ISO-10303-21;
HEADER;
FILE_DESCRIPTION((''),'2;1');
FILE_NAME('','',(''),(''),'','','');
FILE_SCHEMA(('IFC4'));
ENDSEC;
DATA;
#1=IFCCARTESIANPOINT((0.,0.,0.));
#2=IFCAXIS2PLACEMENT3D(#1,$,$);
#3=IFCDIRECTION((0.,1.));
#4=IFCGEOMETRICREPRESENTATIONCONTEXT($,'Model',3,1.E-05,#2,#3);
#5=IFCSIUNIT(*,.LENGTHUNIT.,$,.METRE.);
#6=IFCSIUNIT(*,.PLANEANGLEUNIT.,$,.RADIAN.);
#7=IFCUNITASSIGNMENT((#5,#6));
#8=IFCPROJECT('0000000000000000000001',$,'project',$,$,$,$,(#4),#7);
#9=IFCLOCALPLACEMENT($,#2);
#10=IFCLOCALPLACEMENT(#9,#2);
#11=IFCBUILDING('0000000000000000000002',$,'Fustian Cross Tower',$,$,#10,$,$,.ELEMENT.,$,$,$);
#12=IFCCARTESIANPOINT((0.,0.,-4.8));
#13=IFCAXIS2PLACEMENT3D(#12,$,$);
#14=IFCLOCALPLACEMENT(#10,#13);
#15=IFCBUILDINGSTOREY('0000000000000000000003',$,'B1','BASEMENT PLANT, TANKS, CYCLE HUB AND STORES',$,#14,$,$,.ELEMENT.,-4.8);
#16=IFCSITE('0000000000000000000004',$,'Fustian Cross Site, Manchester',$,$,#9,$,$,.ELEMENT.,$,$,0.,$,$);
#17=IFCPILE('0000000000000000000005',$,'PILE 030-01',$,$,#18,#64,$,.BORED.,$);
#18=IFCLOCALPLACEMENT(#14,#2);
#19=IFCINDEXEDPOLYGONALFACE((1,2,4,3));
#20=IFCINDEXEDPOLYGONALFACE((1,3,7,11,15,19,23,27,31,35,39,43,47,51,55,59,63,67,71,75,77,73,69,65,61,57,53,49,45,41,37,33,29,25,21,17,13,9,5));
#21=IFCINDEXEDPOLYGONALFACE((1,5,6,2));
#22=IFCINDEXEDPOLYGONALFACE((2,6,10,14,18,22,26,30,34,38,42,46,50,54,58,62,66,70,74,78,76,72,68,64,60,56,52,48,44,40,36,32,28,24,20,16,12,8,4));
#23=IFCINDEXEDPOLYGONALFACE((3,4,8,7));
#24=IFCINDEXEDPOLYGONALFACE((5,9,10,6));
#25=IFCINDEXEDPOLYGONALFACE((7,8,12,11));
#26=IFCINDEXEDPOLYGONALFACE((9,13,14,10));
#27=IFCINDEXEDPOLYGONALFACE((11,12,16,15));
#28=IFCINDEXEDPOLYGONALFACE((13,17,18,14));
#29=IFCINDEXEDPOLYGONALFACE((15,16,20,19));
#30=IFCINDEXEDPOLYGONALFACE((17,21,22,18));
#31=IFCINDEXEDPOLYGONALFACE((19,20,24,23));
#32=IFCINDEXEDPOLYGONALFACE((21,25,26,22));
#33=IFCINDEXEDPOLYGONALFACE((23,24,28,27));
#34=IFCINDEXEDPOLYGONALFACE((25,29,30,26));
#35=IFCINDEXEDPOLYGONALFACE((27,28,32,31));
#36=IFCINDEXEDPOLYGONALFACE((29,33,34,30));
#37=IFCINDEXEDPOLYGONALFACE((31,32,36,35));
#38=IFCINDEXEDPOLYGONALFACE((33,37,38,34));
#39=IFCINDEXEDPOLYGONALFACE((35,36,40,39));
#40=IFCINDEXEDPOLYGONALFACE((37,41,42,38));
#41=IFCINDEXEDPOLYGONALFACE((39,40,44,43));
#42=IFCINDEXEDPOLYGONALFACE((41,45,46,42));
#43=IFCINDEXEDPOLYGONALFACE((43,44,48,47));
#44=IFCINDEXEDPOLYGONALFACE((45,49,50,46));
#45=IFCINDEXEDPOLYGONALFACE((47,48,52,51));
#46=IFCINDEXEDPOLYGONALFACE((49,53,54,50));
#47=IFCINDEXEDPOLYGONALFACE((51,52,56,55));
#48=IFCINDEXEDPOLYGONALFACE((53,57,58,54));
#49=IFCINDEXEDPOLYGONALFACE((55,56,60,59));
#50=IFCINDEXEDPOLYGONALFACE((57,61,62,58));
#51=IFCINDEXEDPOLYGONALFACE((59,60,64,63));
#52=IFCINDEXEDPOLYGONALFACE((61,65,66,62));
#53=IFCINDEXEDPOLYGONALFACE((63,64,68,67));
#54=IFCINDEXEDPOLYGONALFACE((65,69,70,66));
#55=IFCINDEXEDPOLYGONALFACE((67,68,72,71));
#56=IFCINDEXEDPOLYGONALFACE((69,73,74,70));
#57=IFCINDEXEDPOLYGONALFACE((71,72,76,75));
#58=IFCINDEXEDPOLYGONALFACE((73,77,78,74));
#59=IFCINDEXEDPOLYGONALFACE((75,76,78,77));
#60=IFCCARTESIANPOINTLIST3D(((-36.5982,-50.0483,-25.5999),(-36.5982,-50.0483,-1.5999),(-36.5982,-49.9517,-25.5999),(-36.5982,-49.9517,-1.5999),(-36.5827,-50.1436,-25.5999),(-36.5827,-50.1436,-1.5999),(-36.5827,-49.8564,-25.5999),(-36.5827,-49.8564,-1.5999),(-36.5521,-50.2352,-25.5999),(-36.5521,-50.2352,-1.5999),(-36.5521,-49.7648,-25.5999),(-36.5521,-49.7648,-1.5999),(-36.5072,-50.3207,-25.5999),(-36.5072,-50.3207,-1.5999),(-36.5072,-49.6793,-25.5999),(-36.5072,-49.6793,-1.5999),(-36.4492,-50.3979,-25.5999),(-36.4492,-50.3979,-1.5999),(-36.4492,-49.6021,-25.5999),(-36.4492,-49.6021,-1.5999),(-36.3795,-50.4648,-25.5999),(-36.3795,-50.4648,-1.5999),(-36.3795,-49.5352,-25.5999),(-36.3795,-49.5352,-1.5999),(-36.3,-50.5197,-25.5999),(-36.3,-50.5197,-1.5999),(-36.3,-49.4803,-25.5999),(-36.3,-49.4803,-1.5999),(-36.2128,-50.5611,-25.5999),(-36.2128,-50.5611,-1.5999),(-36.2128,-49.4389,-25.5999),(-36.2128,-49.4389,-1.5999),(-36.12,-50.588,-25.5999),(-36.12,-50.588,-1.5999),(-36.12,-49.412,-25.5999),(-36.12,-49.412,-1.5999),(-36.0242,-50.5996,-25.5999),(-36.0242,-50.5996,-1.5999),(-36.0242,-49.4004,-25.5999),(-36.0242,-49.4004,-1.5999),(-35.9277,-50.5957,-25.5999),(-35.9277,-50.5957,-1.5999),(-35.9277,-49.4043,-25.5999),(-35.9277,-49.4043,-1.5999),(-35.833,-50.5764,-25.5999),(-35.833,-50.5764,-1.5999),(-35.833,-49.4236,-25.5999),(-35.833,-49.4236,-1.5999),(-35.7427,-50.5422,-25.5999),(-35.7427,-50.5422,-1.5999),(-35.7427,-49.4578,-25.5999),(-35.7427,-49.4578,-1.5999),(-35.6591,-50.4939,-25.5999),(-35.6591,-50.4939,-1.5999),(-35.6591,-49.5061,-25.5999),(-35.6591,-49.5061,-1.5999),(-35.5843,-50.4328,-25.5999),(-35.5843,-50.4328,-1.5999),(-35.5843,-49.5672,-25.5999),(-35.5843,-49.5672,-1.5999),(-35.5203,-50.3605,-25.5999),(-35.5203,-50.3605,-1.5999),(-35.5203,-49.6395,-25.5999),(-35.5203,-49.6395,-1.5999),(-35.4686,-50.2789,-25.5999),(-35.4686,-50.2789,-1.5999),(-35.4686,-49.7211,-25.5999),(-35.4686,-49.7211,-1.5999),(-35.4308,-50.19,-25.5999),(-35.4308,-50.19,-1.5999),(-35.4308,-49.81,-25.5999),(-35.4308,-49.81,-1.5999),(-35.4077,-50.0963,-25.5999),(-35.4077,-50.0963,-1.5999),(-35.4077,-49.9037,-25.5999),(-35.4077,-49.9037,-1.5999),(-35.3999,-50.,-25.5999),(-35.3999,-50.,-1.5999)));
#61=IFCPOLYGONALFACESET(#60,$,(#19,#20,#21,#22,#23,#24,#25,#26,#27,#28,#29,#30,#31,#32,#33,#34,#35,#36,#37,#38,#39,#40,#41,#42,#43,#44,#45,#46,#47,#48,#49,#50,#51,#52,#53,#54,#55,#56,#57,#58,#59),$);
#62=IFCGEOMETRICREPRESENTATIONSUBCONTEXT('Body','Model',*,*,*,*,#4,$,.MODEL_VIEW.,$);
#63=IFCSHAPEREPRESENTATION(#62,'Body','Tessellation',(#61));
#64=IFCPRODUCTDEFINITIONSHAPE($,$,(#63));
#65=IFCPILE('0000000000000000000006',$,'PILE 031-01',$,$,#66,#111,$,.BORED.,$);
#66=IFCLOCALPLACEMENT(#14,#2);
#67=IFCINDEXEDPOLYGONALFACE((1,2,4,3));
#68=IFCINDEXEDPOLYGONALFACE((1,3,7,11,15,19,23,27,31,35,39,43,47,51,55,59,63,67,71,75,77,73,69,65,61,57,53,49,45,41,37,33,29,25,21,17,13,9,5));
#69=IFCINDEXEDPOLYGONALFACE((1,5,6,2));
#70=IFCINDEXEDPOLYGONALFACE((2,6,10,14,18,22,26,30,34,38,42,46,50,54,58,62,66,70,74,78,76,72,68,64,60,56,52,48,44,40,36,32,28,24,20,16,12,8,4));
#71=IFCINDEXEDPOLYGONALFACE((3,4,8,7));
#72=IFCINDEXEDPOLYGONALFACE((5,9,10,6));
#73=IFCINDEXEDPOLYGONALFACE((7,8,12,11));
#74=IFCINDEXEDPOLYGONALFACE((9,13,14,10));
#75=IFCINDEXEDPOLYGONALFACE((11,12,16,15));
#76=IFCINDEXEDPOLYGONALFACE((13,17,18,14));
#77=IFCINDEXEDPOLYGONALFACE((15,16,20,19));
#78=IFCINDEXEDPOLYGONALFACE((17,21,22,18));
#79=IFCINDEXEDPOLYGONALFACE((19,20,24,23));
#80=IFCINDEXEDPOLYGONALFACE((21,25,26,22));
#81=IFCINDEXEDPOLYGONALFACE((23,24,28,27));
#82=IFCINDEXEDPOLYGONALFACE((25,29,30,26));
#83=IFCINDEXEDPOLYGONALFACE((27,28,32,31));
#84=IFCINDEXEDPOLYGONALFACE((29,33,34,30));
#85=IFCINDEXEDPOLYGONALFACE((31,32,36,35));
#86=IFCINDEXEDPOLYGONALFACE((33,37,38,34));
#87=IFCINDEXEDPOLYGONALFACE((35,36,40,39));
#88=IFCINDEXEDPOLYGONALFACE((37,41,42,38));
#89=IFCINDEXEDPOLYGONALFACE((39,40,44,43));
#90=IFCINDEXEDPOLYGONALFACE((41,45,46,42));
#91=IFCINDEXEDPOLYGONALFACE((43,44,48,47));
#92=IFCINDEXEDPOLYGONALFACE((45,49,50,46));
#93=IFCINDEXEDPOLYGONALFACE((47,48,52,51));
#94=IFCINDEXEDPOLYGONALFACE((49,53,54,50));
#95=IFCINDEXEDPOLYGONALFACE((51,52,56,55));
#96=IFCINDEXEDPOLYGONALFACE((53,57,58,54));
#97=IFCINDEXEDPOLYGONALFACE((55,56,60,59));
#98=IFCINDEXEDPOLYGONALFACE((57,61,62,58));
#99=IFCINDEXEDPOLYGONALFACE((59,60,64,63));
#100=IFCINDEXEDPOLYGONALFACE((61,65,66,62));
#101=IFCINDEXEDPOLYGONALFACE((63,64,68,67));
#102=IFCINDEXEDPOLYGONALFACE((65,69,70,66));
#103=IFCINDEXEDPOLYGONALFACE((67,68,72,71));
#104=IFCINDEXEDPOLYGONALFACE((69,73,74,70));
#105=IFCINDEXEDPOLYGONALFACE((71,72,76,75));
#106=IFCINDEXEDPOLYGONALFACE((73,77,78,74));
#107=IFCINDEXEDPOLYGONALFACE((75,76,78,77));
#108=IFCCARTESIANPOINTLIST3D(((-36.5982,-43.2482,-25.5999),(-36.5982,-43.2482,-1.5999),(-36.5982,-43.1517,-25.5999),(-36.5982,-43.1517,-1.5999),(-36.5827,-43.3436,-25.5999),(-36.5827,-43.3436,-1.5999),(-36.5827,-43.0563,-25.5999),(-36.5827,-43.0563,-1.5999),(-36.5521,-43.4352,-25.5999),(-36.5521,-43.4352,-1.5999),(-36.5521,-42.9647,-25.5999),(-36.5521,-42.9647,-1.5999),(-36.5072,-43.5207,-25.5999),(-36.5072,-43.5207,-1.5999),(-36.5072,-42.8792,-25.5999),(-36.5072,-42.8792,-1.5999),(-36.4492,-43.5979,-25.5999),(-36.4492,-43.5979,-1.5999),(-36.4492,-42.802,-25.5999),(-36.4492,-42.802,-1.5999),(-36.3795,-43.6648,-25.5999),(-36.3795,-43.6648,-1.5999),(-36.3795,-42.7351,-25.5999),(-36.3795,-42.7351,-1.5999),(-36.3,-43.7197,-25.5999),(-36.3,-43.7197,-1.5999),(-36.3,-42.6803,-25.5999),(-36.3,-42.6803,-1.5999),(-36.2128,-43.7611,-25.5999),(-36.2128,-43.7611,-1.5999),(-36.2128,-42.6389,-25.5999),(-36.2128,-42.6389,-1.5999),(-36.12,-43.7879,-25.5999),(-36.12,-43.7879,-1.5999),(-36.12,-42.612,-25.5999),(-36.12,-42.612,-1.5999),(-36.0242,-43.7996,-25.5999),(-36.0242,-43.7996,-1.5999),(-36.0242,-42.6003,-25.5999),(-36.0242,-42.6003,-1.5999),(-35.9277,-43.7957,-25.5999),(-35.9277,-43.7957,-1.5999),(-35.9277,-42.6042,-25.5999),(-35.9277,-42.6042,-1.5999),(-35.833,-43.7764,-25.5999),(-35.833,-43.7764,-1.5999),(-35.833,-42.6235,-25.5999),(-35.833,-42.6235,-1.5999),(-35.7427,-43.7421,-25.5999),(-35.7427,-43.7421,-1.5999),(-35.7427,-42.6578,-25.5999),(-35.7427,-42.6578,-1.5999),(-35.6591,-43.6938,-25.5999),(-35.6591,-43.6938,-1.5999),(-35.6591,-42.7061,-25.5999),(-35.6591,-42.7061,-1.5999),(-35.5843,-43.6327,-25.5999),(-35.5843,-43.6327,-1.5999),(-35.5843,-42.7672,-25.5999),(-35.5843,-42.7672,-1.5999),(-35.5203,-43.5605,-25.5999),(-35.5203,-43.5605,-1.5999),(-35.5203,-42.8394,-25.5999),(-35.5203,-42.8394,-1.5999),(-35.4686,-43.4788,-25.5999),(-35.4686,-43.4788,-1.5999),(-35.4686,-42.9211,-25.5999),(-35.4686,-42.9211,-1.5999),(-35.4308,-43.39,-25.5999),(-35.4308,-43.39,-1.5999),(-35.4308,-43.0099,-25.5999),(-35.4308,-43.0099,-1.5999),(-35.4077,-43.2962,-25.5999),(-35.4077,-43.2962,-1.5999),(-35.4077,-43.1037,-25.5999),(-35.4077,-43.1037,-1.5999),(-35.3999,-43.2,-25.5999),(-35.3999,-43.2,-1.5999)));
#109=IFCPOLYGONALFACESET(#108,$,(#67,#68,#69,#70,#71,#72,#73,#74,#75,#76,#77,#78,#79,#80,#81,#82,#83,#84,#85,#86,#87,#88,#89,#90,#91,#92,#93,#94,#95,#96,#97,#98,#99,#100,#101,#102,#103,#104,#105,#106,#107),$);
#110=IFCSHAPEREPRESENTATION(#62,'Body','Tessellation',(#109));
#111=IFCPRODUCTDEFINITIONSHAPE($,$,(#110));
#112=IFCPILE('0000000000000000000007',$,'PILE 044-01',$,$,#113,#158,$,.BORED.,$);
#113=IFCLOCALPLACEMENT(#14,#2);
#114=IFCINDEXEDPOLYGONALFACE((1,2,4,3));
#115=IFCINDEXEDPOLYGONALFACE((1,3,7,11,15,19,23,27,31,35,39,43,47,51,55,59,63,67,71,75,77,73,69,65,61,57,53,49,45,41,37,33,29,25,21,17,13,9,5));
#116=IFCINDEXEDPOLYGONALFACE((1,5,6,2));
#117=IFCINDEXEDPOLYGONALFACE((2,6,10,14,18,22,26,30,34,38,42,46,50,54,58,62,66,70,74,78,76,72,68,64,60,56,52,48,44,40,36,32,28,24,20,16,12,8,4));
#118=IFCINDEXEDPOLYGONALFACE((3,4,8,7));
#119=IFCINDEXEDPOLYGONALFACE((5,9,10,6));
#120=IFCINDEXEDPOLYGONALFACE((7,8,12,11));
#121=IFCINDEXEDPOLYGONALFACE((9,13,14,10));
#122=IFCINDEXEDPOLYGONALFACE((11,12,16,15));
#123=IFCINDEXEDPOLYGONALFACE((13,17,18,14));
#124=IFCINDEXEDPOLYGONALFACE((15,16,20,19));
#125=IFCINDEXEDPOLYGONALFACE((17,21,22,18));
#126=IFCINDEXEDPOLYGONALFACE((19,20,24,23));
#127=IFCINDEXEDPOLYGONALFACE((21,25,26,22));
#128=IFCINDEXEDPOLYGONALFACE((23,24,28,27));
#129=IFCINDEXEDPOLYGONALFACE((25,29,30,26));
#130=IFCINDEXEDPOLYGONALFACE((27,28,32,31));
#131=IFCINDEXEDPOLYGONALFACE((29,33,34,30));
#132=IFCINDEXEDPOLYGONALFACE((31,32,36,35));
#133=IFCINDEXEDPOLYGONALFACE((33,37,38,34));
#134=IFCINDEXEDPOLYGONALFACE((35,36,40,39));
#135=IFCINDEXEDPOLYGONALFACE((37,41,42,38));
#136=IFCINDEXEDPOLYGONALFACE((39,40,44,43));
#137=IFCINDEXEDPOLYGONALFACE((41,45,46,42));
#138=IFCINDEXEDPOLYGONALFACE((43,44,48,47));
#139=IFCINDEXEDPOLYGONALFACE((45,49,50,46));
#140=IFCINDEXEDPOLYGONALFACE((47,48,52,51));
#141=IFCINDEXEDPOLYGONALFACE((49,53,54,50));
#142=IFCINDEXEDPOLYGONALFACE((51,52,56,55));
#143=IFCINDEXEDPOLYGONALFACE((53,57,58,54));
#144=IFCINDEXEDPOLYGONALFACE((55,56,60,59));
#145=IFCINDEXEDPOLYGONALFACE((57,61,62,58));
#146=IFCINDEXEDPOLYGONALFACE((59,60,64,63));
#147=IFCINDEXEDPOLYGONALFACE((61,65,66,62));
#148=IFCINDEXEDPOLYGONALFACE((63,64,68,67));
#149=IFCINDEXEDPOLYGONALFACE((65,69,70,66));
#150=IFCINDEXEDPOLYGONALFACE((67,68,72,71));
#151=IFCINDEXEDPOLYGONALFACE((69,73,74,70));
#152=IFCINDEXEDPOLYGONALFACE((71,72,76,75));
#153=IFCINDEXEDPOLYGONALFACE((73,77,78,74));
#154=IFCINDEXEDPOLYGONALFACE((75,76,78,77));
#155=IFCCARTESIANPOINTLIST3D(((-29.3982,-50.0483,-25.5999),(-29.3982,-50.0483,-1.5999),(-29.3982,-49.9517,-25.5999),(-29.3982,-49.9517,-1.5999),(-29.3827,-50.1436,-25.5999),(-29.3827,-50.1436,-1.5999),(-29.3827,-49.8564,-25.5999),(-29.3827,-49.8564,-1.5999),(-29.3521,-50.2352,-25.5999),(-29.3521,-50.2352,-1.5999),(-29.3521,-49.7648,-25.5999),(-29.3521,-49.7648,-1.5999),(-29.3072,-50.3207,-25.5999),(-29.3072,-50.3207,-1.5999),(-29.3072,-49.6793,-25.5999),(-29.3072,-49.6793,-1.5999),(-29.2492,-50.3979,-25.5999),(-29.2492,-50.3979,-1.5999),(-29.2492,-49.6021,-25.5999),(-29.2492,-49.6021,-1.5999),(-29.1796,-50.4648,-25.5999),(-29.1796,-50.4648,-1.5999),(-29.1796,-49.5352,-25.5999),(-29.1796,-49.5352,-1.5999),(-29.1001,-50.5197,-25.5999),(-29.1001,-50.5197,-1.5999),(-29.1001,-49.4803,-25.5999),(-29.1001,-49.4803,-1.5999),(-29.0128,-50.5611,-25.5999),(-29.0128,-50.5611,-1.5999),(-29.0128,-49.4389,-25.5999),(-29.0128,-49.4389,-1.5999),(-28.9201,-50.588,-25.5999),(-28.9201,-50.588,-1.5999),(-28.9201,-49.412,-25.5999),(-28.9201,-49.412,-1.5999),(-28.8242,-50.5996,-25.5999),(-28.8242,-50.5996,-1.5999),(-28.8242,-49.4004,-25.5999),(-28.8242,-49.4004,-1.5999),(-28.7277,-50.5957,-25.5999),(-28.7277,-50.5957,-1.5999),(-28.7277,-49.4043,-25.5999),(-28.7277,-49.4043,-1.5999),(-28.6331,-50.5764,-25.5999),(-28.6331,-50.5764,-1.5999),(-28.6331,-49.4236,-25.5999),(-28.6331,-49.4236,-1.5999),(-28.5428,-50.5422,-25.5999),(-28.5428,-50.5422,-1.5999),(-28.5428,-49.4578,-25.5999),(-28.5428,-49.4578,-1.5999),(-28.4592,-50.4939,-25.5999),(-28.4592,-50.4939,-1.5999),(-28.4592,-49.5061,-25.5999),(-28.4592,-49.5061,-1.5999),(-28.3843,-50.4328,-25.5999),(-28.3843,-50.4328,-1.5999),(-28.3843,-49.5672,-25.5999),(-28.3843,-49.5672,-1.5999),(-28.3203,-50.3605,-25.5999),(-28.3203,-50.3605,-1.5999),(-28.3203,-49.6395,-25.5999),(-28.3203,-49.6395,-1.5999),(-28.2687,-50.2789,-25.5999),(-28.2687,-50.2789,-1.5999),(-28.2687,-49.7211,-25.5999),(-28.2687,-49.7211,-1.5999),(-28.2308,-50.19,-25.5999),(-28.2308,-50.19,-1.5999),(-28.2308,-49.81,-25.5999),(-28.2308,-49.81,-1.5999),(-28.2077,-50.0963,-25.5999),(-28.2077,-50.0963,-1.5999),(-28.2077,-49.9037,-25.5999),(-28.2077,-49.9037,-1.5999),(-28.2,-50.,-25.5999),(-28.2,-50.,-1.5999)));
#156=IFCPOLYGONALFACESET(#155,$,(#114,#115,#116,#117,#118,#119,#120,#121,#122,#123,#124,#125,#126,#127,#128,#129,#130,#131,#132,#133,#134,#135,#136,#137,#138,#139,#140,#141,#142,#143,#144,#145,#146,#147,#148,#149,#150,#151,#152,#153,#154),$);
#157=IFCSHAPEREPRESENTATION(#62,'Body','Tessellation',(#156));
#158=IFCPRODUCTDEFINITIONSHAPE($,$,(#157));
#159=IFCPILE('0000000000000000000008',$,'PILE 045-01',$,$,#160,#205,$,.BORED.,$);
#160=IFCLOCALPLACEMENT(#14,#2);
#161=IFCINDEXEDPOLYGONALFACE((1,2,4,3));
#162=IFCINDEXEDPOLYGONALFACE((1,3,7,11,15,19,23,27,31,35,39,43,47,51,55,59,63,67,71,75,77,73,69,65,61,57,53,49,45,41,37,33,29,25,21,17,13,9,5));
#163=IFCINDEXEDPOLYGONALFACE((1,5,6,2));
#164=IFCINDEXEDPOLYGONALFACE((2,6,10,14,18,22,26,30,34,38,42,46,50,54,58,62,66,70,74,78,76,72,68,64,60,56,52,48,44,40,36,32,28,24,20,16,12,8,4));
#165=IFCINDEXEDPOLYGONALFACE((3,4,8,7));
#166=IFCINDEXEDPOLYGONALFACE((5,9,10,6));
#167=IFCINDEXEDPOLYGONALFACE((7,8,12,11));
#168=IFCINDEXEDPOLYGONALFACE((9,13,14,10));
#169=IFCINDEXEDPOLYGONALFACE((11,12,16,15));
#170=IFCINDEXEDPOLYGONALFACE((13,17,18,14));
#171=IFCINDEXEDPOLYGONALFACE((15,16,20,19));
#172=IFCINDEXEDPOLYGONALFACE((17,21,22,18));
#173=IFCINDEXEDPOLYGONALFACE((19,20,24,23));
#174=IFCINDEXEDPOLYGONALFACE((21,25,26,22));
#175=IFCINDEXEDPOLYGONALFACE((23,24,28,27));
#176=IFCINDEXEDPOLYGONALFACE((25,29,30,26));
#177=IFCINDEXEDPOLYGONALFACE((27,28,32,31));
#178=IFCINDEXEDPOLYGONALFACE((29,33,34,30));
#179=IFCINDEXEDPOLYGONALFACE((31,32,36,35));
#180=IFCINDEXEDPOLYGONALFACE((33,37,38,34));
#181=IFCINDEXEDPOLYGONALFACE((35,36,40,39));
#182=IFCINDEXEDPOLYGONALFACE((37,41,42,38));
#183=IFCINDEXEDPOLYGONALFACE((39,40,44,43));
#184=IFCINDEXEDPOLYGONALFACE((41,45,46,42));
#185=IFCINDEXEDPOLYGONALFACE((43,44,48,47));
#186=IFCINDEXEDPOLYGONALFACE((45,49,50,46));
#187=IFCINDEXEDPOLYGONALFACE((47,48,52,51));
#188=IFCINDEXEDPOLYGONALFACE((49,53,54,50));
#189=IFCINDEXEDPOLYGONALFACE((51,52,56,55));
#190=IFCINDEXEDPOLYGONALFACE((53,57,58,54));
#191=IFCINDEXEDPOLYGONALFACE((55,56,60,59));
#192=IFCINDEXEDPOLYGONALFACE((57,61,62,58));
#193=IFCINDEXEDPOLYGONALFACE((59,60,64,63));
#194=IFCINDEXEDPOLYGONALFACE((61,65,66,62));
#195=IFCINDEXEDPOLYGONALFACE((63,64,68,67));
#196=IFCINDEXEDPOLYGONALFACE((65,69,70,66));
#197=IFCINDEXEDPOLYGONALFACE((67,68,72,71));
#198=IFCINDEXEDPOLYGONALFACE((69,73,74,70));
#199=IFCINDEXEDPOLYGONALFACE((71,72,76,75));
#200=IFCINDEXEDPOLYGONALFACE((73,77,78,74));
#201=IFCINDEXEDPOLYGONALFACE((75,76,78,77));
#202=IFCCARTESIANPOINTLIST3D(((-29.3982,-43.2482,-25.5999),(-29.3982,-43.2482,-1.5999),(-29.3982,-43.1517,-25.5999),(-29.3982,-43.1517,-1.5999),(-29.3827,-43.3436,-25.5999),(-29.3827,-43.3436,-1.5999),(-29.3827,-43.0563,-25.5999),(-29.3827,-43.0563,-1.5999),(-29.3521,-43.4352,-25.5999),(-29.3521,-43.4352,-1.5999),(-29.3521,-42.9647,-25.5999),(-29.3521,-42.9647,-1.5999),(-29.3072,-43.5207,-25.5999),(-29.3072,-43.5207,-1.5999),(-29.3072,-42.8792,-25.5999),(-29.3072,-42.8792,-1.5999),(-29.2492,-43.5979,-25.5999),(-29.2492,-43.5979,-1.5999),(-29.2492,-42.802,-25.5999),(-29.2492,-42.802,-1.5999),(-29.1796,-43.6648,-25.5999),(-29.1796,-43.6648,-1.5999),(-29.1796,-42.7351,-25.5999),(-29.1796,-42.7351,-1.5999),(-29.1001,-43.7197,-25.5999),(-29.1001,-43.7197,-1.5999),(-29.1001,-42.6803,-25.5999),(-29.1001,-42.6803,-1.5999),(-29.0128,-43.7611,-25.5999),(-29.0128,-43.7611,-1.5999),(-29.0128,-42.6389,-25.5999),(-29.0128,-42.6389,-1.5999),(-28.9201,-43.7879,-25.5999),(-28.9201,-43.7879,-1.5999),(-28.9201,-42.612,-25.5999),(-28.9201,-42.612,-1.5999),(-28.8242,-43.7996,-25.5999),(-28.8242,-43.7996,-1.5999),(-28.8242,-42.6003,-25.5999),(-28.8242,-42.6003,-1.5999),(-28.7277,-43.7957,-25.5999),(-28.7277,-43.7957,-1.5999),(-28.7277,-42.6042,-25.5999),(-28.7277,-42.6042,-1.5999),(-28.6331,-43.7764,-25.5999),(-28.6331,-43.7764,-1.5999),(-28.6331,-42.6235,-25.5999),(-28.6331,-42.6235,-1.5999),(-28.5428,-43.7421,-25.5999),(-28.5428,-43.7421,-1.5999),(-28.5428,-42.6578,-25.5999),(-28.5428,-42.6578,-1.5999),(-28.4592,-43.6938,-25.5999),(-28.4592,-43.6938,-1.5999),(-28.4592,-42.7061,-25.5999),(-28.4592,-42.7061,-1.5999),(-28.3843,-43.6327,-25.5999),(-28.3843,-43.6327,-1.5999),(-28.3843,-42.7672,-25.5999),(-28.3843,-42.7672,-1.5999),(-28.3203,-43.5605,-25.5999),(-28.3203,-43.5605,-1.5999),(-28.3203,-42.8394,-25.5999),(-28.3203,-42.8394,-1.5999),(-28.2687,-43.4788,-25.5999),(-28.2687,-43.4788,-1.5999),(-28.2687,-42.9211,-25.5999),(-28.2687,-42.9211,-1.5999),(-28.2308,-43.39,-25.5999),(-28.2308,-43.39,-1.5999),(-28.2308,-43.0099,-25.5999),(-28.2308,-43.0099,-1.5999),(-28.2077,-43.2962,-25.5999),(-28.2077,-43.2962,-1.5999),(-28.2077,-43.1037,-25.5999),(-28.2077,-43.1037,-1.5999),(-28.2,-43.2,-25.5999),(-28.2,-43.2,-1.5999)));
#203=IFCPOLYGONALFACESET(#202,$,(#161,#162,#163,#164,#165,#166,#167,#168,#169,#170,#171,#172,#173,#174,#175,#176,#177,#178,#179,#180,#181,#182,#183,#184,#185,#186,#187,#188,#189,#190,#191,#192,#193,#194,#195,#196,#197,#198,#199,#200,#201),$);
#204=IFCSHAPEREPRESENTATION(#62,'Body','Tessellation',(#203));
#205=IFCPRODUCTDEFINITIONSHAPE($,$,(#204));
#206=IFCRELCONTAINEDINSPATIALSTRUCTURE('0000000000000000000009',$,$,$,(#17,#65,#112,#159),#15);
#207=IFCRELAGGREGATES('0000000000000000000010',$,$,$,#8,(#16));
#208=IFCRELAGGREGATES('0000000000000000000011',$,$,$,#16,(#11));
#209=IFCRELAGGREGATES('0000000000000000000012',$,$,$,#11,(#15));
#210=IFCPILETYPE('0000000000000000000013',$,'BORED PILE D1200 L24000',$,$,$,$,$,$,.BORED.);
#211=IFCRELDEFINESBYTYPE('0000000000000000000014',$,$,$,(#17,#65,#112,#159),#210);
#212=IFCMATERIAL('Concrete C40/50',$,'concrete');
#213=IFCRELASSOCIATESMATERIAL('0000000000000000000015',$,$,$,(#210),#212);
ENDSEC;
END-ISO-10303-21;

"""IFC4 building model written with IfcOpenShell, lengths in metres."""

from ifc_helpers import new_model, si_unit, direction, frame, origin, origin_2d, place, context, subcontext, project, spatial, circle, extrude, material, material_profile, profile_set, type_object, element, save


model = new_model("IFC4")

# Units and contexts
model_context = context("Model", 3, precision=1e-05, world=origin(), true_north=direction((0.0, 1.0)))
body_context = subcontext(model_context, "Body", "Model", "MODEL_VIEW")
ifc_project = project(units=[si_unit("LENGTHUNIT", "METRE"), si_unit("PLANEANGLEUNIT", "RADIAN")], contexts=[model_context])

# Site, building, storey
site_placement = place(None, origin())
site = spatial("IfcSite", under=ifc_project, at=site_placement, Name="Fustian Cross Site, Manchester", CompositionType="ELEMENT", RefElevation=0.0)
building_placement = place(site_placement, origin())
building = spatial("IfcBuilding", under=site, at=building_placement, Name="Fustian Cross Tower", CompositionType="ELEMENT")
storey_placement = place(building_placement, frame((0.0, 0.0, -4.8)))
storey = spatial("IfcBuildingStorey", under=building, at=storey_placement, Name="B1", Description="BASEMENT PLANT, TANKS, CYCLE HUB AND STORES", CompositionType="ELEMENT", Elevation=-4.8)

# Piles
ifc_material_1 = material(Name="Concrete C40/50", Category="concrete")
ifc_material_profile_1 = material_profile(ifc_material_1, circle(Radius=0.6001, at=origin_2d()), Name="BORED PILE D1200 L24000")
ifc_profile_set_1 = profile_set([ifc_material_profile_1], Name="Concrete C40/50")
pile_type = type_object("IfcPileType", Name="BORED PILE D1200 L24000", PredefinedType="BORED", material=ifc_profile_set_1)
for number, where, z_axis, x_axis, name in (
    (1, (-36.0, -50.0, -1.5999), (0.0, 0.0, -1.0), (1.0, 0.0, 0.0), "PILE 030-01"),
    (2, (-36.0, -43.2, -1.5999), (0.0, 0.0, -1.0), (1.0, 0.0, 0.0), "PILE 031-01"),
    (3, (-28.8, -50.0, -1.5999), (0.0, 0.0, -1.0), (1.0, 0.0, 0.0), "PILE 044-01"),
    (4, (-28.8, -43.2, -1.5999), (0.0, 0.0, -1.0), (1.0, 0.0, 0.0), "PILE 045-01"),
):
    element("IfcPile", number, at=place(storey_placement, frame(where, z_axis=z_axis, x_axis=x_axis)), inside=storey, type_object=pile_type, Name=name, PredefinedType="BORED", context=body_context, shape_type="SweptSolid", body=[
        extrude(circle(Radius=0.6001, at=origin_2d()), origin(), (0.0, 0.0, 1.0), 24.0),
    ])

save(model, "model.ifc")
